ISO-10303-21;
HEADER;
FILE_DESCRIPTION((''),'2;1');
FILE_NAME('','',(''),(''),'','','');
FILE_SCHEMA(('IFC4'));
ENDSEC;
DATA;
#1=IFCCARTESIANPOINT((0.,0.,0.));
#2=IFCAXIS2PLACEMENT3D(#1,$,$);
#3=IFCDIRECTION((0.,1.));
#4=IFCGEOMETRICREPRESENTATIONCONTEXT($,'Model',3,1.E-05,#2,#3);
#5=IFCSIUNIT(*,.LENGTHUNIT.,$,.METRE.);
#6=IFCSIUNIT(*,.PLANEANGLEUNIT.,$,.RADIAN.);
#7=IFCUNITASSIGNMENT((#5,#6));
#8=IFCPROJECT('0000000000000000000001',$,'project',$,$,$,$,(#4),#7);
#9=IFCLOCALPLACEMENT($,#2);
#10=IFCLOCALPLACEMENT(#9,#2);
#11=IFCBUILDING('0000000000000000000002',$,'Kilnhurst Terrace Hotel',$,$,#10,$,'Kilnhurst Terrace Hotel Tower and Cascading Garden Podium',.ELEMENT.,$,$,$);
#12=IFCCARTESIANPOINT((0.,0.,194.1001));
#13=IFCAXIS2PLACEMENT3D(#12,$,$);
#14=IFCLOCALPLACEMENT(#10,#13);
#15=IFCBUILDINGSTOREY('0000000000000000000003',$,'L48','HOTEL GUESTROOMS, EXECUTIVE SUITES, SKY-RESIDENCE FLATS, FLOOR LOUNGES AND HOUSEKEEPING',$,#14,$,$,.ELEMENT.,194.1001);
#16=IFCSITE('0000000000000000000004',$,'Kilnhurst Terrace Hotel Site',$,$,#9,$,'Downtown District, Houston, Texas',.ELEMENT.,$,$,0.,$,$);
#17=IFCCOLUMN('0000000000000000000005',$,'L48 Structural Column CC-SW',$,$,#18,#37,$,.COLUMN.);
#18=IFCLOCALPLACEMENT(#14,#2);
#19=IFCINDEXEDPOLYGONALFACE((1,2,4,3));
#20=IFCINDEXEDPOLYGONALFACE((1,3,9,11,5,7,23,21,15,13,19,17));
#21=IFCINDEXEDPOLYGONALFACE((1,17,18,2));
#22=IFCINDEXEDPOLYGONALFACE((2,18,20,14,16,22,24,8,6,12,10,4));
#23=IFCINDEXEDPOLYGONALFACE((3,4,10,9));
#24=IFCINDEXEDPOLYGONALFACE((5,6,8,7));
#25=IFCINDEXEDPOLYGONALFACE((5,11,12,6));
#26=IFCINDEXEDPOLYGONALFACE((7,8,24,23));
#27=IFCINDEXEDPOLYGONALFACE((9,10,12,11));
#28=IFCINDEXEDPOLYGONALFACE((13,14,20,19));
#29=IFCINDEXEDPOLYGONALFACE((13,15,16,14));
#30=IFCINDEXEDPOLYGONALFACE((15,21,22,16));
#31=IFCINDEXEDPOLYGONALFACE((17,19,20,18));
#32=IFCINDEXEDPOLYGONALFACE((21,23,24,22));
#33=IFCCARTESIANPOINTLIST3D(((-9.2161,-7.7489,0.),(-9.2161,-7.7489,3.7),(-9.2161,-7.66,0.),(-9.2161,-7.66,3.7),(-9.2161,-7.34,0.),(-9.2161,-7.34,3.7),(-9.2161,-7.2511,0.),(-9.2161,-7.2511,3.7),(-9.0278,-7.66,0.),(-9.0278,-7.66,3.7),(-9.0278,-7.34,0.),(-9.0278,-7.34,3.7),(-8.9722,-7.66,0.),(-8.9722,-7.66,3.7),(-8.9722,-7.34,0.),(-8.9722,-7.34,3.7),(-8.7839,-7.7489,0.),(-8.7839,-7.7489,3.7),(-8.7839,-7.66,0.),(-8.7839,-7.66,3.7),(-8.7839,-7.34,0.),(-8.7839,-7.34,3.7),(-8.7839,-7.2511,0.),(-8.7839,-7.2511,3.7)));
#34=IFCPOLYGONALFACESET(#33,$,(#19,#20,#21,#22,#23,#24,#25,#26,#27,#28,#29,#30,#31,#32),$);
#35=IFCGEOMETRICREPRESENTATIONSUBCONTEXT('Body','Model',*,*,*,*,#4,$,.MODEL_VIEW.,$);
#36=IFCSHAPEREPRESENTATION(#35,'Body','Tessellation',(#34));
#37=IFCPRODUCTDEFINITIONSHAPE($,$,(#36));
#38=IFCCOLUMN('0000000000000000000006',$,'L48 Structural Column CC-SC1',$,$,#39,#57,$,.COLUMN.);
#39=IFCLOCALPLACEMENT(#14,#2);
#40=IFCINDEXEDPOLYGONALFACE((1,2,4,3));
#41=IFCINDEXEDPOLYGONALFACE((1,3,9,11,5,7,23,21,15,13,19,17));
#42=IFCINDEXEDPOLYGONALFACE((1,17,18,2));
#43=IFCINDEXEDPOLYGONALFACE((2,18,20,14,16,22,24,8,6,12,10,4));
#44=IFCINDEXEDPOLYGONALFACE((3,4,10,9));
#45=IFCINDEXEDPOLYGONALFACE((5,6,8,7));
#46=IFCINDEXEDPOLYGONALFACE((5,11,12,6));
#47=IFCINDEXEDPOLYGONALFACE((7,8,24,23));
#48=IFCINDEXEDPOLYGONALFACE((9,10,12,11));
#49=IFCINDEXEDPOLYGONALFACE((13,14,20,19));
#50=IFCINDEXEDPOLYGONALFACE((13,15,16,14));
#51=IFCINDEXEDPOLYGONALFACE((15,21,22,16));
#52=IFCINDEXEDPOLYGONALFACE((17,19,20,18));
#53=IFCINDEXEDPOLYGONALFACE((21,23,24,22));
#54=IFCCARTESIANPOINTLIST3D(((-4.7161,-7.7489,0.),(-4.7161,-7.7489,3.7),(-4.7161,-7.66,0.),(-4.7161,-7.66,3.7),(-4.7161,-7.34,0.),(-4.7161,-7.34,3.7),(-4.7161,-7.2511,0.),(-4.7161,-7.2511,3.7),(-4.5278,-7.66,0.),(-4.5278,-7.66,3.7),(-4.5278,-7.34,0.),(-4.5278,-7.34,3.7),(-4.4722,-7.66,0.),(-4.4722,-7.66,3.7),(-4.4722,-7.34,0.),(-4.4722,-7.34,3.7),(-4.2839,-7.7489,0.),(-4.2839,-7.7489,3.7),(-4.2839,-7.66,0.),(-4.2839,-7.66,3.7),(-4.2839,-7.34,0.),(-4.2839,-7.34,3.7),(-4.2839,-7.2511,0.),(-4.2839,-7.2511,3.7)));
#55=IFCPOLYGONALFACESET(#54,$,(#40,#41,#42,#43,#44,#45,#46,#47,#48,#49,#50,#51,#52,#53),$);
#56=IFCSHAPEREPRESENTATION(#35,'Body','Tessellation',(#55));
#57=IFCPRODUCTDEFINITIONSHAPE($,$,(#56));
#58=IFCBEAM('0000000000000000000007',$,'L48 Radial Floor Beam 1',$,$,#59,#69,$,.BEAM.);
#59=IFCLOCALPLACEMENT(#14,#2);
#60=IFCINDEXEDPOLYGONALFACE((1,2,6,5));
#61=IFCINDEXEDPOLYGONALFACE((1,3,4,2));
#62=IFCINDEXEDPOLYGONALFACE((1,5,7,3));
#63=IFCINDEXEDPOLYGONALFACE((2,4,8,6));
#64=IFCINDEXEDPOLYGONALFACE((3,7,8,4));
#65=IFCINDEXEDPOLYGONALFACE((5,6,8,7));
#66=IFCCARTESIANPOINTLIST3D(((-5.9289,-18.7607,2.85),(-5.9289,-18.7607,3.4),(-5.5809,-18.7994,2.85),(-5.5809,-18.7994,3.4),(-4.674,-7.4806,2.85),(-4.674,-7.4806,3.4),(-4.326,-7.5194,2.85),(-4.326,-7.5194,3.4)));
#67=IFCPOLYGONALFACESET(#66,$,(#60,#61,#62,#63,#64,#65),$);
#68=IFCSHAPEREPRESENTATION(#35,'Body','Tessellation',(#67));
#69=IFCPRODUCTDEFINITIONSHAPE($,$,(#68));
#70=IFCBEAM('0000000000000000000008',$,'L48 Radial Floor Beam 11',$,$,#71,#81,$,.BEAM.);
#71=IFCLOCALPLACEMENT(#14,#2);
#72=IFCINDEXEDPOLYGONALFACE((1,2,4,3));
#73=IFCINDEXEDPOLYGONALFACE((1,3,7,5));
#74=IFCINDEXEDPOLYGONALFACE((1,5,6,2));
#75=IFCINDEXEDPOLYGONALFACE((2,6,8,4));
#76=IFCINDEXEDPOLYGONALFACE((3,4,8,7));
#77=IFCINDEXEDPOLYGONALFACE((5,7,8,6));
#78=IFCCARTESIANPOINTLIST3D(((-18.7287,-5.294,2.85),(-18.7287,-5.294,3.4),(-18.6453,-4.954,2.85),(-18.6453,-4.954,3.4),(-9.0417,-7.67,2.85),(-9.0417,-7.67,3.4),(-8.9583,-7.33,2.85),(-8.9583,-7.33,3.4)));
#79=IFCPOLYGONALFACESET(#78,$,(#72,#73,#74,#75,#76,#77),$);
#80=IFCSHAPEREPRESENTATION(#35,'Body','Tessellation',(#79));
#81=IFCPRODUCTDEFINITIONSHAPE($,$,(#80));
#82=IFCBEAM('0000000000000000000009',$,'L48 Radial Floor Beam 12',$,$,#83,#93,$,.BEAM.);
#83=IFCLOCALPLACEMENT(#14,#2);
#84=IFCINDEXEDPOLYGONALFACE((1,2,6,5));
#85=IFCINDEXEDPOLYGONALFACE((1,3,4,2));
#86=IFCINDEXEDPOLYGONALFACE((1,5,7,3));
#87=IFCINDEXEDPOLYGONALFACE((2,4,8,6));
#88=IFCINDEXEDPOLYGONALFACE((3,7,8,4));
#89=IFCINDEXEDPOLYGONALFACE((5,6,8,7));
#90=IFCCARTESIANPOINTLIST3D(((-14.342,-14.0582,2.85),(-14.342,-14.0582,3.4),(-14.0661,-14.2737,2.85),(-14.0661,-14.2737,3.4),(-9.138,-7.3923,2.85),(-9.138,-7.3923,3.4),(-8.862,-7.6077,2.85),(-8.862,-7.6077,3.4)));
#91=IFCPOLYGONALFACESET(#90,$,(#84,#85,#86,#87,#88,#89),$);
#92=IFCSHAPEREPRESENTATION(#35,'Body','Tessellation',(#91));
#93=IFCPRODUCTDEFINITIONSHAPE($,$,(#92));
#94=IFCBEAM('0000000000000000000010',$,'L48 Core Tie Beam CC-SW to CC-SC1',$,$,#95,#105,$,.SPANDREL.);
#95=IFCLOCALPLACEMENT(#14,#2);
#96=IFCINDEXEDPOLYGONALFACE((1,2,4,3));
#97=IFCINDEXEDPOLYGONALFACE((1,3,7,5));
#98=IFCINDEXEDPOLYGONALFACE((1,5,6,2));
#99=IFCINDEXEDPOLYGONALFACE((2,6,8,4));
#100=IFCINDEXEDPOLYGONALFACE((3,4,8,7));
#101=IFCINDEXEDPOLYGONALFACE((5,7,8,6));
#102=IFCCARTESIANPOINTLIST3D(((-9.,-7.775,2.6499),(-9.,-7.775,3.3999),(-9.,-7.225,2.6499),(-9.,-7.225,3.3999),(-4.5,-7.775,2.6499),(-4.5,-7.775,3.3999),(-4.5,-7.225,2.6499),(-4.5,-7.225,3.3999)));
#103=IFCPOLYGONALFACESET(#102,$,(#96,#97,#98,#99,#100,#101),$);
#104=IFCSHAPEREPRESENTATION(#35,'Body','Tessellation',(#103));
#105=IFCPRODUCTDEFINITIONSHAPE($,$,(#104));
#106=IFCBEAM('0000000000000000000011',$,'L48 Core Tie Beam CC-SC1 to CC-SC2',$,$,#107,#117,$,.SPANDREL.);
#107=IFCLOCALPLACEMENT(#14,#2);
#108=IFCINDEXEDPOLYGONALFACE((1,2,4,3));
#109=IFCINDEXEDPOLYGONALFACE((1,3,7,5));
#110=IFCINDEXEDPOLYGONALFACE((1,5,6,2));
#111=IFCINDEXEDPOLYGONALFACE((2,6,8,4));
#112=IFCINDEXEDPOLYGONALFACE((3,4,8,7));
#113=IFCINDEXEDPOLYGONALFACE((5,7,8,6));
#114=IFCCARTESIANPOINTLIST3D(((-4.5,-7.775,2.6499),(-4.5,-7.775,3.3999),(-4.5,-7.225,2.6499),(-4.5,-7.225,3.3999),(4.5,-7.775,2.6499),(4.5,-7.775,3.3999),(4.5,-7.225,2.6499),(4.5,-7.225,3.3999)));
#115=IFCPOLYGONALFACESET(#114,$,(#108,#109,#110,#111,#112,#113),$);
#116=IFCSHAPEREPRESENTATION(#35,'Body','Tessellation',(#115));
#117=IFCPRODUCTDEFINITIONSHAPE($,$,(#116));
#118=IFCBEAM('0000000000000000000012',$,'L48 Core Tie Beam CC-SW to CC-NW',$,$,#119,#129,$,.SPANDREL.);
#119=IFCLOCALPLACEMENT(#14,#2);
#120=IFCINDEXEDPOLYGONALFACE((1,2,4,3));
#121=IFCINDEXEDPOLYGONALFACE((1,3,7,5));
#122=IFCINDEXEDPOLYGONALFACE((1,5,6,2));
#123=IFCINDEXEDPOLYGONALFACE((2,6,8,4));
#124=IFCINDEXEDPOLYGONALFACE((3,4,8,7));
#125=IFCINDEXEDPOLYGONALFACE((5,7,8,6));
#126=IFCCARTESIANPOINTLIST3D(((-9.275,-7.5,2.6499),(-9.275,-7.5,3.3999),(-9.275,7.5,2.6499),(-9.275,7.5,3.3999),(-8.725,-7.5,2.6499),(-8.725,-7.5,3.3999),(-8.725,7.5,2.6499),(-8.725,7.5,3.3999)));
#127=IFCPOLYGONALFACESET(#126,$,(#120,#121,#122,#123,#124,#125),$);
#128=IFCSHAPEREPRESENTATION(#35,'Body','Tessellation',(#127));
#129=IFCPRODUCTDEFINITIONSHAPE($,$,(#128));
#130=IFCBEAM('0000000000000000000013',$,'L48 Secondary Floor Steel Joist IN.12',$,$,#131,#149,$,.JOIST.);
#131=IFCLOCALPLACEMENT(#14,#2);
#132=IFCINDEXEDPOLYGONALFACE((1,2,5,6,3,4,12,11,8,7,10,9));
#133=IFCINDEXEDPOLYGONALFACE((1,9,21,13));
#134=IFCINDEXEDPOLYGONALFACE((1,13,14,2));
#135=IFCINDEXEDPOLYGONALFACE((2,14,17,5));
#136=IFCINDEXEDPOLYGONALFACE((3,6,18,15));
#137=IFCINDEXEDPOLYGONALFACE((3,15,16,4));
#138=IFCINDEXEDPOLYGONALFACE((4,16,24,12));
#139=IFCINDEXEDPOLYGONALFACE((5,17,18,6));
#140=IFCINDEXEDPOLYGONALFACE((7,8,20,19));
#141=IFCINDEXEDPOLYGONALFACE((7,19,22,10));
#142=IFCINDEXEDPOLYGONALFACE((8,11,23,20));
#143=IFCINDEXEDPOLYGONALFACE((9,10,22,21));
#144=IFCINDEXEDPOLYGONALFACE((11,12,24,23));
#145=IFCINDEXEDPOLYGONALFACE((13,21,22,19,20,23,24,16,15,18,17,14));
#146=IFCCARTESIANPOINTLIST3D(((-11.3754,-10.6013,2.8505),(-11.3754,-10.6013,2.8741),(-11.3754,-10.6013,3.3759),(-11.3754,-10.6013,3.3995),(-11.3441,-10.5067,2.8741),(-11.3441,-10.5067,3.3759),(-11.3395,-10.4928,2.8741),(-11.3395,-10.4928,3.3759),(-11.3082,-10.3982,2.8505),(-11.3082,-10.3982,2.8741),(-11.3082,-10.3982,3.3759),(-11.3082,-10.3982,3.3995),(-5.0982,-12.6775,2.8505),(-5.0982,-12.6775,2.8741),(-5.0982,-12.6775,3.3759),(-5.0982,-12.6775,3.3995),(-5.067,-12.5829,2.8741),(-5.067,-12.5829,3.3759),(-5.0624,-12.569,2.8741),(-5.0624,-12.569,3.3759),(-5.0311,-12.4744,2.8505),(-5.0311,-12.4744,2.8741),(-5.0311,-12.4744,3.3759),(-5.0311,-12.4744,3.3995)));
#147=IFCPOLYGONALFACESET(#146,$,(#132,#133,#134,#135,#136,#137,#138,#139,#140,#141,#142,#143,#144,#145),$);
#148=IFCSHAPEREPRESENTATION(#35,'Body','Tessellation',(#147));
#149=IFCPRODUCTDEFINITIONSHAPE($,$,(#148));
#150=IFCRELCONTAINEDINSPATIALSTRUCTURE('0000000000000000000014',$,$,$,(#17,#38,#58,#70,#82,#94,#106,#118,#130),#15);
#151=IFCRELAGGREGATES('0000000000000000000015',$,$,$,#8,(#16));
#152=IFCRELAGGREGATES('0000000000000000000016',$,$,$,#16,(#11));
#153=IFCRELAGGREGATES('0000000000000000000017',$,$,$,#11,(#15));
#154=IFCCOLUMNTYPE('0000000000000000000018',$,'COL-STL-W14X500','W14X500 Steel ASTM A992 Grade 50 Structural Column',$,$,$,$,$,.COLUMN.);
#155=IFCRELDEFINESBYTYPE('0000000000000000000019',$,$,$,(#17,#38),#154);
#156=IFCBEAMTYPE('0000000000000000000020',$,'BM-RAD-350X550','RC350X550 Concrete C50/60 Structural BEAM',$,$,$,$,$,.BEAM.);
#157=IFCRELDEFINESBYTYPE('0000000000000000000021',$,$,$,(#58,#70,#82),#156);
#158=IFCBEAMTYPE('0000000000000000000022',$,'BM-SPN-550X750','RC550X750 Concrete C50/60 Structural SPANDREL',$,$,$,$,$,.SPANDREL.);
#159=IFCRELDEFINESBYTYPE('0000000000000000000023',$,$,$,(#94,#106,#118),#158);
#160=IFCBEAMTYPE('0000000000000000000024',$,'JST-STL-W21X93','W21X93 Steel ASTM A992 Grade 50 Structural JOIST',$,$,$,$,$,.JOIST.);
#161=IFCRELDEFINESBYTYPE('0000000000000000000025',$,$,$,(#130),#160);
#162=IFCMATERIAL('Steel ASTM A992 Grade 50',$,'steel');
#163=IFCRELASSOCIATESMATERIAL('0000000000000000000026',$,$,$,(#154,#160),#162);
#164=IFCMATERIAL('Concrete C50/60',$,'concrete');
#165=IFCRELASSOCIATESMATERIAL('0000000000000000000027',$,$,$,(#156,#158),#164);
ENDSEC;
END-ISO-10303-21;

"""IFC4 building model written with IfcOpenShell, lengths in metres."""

from ifc_helpers import new_model, si_unit, direction, frame, origin, origin_2d, place, context, subcontext, project, spatial, rectangle, i_section, extrude, material, material_profile, profile_set, type_object, element, save


model = new_model("IFC4")

# Units and contexts
model_context = context("Model", 3, precision=1e-05, world=origin(), true_north=direction((0.0, 1.0)))
body_context = subcontext(model_context, "Body", "Model", "MODEL_VIEW")
ifc_project = project(units=[si_unit("LENGTHUNIT", "METRE"), si_unit("PLANEANGLEUNIT", "RADIAN")], contexts=[model_context])

# Site, building, storey
site_placement = place(None, origin())
site = spatial("IfcSite", under=ifc_project, at=site_placement, Name="Kilnhurst Terrace Hotel Site", LongName="Downtown District, Houston, Texas", CompositionType="ELEMENT", RefElevation=0.0)
building_placement = place(site_placement, origin())
building = spatial("IfcBuilding", under=site, at=building_placement, Name="Kilnhurst Terrace Hotel", LongName="Kilnhurst Terrace Hotel Tower and Cascading Garden Podium", CompositionType="ELEMENT")
storey_placement = place(building_placement, frame((0.0, 0.0, 194.1001)))
storey = spatial("IfcBuildingStorey", under=building, at=storey_placement, Name="L48", Description="HOTEL GUESTROOMS, EXECUTIVE SUITES, SKY-RESIDENCE FLATS, FLOOR LOUNGES AND HOUSEKEEPING", CompositionType="ELEMENT", Elevation=194.1001)

# Columns
ifc_material_1 = material(Name="Steel ASTM A992 Grade 50", Category="steel")
ifc_material_profile_1 = material_profile(ifc_material_1, i_section(OverallWidth=0.4321, OverallDepth=0.4978, WebThickness=0.0557, FlangeThickness=0.0889, at=origin_2d()), Name="W14X500")
ifc_profile_set_1 = profile_set([ifc_material_profile_1], Name="Steel ASTM A992 Grade 50")
column_type = type_object("IfcColumnType", Name="COL-STL-W14X500", Description="W14X500 Steel ASTM A992 Grade 50 Structural Column", PredefinedType="COLUMN", material=ifc_profile_set_1)
for number, where, z_axis, x_axis, name in (
    (1, (-9.0, -7.5, 0.0), (0.0, 0.0, 1.0), (1.0, 0.0, 0.0), "L48 Structural Column CC-SW"),
    (2, (-4.5, -7.5, 0.0), (0.0, 0.0, 1.0), (1.0, 0.0, 0.0), "L48 Structural Column CC-SC1"),
):
    element("IfcColumn", number, at=place(storey_placement, frame(where, z_axis=z_axis, x_axis=x_axis)), inside=storey, type_object=column_type, Name=name, PredefinedType="COLUMN", context=body_context, shape_type="SweptSolid", body=[
        extrude(i_section(OverallWidth=0.4321, OverallDepth=0.4978, WebThickness=0.0557, FlangeThickness=0.0889, at=origin_2d()), origin(), (0.0, 0.0, 1.0), 3.7),
    ])

# Beams
ifc_material_2 = material(Name="Concrete C50/60", Category="concrete")
ifc_material_profile_2 = material_profile(ifc_material_2, rectangle(XDim=0.3501, YDim=0.55, at=origin_2d()), Name="RC350X550")
ifc_profile_set_2 = profile_set([ifc_material_profile_2], Name="Concrete C50/60")
beam_type_1 = type_object("IfcBeamType", Name="BM-RAD-350X550", Description="RC350X550 Concrete C50/60 Structural BEAM", PredefinedType="BEAM", material=ifc_profile_set_2)
beam_1_placement = place(storey_placement, frame((-4.5, -7.5, 3.125), z_axis=(-0.110566, -0.993869, 0.0), x_axis=(0.993869, -0.110566, 0.0)))
element("IfcBeam", 3, at=beam_1_placement, inside=storey, type_object=beam_type_1, Name="L48 Radial Floor Beam 1", PredefinedType="BEAM", context=body_context, shape_type="SweptSolid", body=[
    extrude(rectangle(XDim=0.3501, YDim=0.55, at=origin_2d()), origin(), (0.0, 0.0, 1.0), 11.3496),
])
beam_2_placement = place(storey_placement, frame((-9.0, -7.5, 3.125), z_axis=(-0.971213, 0.238214, 0.0), x_axis=(-0.238214, -0.971213, 0.0)))
element("IfcBeam", 4, at=beam_2_placement, inside=storey, type_object=beam_type_1, Name="L48 Radial Floor Beam 11", PredefinedType="BEAM", context=body_context, shape_type="SweptSolid", body=[
    extrude(rectangle(XDim=0.3501, YDim=0.55, at=origin_2d()), origin(), (0.0, 0.0, 1.0), 9.9741),
])
beam_3_placement = place(storey_placement, frame((-9.0, -7.5, 3.125), z_axis=(-0.615371, -0.788238, 0.0), x_axis=(0.788238, -0.615371, 0.0)))
element("IfcBeam", 5, at=beam_3_placement, inside=storey, type_object=beam_type_1, Name="L48 Radial Floor Beam 12", PredefinedType="BEAM", context=body_context, shape_type="SweptSolid", body=[
    extrude(rectangle(XDim=0.3501, YDim=0.55, at=origin_2d()), origin(), (0.0, 0.0, 1.0), 8.4568),
])
ifc_material_profile_3 = material_profile(ifc_material_2, rectangle(XDim=0.55, YDim=0.75, at=origin_2d()), Name="RC550X750")
ifc_profile_set_3 = profile_set([ifc_material_profile_3], Name="Concrete C50/60")
beam_type_2 = type_object("IfcBeamType", Name="BM-SPN-550X750", Description="RC550X750 Concrete C50/60 Structural SPANDREL", PredefinedType="SPANDREL", material=ifc_profile_set_3)
beam_4_placement = place(storey_placement, frame((-9.0, -7.5, 3.0249), z_axis=(1.0, 0.0, 0.0), x_axis=(0.0, 1.0, 0.0)))
element("IfcBeam", 6, at=beam_4_placement, inside=storey, type_object=beam_type_2, Name="L48 Core Tie Beam CC-SW to CC-SC1", PredefinedType="SPANDREL", context=body_context, shape_type="SweptSolid", body=[
    extrude(rectangle(XDim=0.55, YDim=0.75, at=origin_2d()), origin(), (0.0, 0.0, 1.0), 4.5),
])
beam_5_placement = place(storey_placement, frame((-4.5, -7.5, 3.0249), z_axis=(1.0, 0.0, 0.0), x_axis=(0.0, 1.0, 0.0)))
element("IfcBeam", 7, at=beam_5_placement, inside=storey, type_object=beam_type_2, Name="L48 Core Tie Beam CC-SC1 to CC-SC2", PredefinedType="SPANDREL", context=body_context, shape_type="SweptSolid", body=[
    extrude(rectangle(XDim=0.55, YDim=0.75, at=origin_2d()), origin(), (0.0, 0.0, 1.0), 9.0),
])
beam_6_placement = place(storey_placement, frame((-9.0, -7.5, 3.0249), z_axis=(0.0, 1.0, 0.0), x_axis=(-1.0, 0.0, 0.0)))
element("IfcBeam", 8, at=beam_6_placement, inside=storey, type_object=beam_type_2, Name="L48 Core Tie Beam CC-SW to CC-NW", PredefinedType="SPANDREL", context=body_context, shape_type="SweptSolid", body=[
    extrude(rectangle(XDim=0.55, YDim=0.75, at=origin_2d()), origin(), (0.0, 0.0, 1.0), 15.0),
])
ifc_material_profile_4 = material_profile(ifc_material_1, i_section(OverallWidth=0.2139, OverallDepth=0.5491, WebThickness=0.0146, FlangeThickness=0.0237, at=origin_2d()), Name="W21X93")
ifc_profile_set_4 = profile_set([ifc_material_profile_4], Name="Steel ASTM A992 Grade 50")
beam_type_3 = type_object("IfcBeamType", Name="JST-STL-W21X93", Description="W21X93 Steel ASTM A992 Grade 50 Structural JOIST", PredefinedType="JOIST", material=ifc_profile_set_4)
beam_7_placement = place(storey_placement, frame((-11.3418, -10.4998, 3.125), z_axis=(0.949416, -0.314022, 0.0), x_axis=(0.314022, 0.949416, 0.0)))
element("IfcBeam", 9, at=beam_7_placement, inside=storey, type_object=beam_type_3, Name="L48 Secondary Floor Steel Joist IN.12", PredefinedType="JOIST", context=body_context, shape_type="SweptSolid", body=[
    extrude(i_section(OverallWidth=0.2139, OverallDepth=0.5491, WebThickness=0.0146, FlangeThickness=0.0237, at=origin_2d()), origin(), (0.0, 0.0, 1.0), 6.6116),
])

save(model, "model.ifc")
